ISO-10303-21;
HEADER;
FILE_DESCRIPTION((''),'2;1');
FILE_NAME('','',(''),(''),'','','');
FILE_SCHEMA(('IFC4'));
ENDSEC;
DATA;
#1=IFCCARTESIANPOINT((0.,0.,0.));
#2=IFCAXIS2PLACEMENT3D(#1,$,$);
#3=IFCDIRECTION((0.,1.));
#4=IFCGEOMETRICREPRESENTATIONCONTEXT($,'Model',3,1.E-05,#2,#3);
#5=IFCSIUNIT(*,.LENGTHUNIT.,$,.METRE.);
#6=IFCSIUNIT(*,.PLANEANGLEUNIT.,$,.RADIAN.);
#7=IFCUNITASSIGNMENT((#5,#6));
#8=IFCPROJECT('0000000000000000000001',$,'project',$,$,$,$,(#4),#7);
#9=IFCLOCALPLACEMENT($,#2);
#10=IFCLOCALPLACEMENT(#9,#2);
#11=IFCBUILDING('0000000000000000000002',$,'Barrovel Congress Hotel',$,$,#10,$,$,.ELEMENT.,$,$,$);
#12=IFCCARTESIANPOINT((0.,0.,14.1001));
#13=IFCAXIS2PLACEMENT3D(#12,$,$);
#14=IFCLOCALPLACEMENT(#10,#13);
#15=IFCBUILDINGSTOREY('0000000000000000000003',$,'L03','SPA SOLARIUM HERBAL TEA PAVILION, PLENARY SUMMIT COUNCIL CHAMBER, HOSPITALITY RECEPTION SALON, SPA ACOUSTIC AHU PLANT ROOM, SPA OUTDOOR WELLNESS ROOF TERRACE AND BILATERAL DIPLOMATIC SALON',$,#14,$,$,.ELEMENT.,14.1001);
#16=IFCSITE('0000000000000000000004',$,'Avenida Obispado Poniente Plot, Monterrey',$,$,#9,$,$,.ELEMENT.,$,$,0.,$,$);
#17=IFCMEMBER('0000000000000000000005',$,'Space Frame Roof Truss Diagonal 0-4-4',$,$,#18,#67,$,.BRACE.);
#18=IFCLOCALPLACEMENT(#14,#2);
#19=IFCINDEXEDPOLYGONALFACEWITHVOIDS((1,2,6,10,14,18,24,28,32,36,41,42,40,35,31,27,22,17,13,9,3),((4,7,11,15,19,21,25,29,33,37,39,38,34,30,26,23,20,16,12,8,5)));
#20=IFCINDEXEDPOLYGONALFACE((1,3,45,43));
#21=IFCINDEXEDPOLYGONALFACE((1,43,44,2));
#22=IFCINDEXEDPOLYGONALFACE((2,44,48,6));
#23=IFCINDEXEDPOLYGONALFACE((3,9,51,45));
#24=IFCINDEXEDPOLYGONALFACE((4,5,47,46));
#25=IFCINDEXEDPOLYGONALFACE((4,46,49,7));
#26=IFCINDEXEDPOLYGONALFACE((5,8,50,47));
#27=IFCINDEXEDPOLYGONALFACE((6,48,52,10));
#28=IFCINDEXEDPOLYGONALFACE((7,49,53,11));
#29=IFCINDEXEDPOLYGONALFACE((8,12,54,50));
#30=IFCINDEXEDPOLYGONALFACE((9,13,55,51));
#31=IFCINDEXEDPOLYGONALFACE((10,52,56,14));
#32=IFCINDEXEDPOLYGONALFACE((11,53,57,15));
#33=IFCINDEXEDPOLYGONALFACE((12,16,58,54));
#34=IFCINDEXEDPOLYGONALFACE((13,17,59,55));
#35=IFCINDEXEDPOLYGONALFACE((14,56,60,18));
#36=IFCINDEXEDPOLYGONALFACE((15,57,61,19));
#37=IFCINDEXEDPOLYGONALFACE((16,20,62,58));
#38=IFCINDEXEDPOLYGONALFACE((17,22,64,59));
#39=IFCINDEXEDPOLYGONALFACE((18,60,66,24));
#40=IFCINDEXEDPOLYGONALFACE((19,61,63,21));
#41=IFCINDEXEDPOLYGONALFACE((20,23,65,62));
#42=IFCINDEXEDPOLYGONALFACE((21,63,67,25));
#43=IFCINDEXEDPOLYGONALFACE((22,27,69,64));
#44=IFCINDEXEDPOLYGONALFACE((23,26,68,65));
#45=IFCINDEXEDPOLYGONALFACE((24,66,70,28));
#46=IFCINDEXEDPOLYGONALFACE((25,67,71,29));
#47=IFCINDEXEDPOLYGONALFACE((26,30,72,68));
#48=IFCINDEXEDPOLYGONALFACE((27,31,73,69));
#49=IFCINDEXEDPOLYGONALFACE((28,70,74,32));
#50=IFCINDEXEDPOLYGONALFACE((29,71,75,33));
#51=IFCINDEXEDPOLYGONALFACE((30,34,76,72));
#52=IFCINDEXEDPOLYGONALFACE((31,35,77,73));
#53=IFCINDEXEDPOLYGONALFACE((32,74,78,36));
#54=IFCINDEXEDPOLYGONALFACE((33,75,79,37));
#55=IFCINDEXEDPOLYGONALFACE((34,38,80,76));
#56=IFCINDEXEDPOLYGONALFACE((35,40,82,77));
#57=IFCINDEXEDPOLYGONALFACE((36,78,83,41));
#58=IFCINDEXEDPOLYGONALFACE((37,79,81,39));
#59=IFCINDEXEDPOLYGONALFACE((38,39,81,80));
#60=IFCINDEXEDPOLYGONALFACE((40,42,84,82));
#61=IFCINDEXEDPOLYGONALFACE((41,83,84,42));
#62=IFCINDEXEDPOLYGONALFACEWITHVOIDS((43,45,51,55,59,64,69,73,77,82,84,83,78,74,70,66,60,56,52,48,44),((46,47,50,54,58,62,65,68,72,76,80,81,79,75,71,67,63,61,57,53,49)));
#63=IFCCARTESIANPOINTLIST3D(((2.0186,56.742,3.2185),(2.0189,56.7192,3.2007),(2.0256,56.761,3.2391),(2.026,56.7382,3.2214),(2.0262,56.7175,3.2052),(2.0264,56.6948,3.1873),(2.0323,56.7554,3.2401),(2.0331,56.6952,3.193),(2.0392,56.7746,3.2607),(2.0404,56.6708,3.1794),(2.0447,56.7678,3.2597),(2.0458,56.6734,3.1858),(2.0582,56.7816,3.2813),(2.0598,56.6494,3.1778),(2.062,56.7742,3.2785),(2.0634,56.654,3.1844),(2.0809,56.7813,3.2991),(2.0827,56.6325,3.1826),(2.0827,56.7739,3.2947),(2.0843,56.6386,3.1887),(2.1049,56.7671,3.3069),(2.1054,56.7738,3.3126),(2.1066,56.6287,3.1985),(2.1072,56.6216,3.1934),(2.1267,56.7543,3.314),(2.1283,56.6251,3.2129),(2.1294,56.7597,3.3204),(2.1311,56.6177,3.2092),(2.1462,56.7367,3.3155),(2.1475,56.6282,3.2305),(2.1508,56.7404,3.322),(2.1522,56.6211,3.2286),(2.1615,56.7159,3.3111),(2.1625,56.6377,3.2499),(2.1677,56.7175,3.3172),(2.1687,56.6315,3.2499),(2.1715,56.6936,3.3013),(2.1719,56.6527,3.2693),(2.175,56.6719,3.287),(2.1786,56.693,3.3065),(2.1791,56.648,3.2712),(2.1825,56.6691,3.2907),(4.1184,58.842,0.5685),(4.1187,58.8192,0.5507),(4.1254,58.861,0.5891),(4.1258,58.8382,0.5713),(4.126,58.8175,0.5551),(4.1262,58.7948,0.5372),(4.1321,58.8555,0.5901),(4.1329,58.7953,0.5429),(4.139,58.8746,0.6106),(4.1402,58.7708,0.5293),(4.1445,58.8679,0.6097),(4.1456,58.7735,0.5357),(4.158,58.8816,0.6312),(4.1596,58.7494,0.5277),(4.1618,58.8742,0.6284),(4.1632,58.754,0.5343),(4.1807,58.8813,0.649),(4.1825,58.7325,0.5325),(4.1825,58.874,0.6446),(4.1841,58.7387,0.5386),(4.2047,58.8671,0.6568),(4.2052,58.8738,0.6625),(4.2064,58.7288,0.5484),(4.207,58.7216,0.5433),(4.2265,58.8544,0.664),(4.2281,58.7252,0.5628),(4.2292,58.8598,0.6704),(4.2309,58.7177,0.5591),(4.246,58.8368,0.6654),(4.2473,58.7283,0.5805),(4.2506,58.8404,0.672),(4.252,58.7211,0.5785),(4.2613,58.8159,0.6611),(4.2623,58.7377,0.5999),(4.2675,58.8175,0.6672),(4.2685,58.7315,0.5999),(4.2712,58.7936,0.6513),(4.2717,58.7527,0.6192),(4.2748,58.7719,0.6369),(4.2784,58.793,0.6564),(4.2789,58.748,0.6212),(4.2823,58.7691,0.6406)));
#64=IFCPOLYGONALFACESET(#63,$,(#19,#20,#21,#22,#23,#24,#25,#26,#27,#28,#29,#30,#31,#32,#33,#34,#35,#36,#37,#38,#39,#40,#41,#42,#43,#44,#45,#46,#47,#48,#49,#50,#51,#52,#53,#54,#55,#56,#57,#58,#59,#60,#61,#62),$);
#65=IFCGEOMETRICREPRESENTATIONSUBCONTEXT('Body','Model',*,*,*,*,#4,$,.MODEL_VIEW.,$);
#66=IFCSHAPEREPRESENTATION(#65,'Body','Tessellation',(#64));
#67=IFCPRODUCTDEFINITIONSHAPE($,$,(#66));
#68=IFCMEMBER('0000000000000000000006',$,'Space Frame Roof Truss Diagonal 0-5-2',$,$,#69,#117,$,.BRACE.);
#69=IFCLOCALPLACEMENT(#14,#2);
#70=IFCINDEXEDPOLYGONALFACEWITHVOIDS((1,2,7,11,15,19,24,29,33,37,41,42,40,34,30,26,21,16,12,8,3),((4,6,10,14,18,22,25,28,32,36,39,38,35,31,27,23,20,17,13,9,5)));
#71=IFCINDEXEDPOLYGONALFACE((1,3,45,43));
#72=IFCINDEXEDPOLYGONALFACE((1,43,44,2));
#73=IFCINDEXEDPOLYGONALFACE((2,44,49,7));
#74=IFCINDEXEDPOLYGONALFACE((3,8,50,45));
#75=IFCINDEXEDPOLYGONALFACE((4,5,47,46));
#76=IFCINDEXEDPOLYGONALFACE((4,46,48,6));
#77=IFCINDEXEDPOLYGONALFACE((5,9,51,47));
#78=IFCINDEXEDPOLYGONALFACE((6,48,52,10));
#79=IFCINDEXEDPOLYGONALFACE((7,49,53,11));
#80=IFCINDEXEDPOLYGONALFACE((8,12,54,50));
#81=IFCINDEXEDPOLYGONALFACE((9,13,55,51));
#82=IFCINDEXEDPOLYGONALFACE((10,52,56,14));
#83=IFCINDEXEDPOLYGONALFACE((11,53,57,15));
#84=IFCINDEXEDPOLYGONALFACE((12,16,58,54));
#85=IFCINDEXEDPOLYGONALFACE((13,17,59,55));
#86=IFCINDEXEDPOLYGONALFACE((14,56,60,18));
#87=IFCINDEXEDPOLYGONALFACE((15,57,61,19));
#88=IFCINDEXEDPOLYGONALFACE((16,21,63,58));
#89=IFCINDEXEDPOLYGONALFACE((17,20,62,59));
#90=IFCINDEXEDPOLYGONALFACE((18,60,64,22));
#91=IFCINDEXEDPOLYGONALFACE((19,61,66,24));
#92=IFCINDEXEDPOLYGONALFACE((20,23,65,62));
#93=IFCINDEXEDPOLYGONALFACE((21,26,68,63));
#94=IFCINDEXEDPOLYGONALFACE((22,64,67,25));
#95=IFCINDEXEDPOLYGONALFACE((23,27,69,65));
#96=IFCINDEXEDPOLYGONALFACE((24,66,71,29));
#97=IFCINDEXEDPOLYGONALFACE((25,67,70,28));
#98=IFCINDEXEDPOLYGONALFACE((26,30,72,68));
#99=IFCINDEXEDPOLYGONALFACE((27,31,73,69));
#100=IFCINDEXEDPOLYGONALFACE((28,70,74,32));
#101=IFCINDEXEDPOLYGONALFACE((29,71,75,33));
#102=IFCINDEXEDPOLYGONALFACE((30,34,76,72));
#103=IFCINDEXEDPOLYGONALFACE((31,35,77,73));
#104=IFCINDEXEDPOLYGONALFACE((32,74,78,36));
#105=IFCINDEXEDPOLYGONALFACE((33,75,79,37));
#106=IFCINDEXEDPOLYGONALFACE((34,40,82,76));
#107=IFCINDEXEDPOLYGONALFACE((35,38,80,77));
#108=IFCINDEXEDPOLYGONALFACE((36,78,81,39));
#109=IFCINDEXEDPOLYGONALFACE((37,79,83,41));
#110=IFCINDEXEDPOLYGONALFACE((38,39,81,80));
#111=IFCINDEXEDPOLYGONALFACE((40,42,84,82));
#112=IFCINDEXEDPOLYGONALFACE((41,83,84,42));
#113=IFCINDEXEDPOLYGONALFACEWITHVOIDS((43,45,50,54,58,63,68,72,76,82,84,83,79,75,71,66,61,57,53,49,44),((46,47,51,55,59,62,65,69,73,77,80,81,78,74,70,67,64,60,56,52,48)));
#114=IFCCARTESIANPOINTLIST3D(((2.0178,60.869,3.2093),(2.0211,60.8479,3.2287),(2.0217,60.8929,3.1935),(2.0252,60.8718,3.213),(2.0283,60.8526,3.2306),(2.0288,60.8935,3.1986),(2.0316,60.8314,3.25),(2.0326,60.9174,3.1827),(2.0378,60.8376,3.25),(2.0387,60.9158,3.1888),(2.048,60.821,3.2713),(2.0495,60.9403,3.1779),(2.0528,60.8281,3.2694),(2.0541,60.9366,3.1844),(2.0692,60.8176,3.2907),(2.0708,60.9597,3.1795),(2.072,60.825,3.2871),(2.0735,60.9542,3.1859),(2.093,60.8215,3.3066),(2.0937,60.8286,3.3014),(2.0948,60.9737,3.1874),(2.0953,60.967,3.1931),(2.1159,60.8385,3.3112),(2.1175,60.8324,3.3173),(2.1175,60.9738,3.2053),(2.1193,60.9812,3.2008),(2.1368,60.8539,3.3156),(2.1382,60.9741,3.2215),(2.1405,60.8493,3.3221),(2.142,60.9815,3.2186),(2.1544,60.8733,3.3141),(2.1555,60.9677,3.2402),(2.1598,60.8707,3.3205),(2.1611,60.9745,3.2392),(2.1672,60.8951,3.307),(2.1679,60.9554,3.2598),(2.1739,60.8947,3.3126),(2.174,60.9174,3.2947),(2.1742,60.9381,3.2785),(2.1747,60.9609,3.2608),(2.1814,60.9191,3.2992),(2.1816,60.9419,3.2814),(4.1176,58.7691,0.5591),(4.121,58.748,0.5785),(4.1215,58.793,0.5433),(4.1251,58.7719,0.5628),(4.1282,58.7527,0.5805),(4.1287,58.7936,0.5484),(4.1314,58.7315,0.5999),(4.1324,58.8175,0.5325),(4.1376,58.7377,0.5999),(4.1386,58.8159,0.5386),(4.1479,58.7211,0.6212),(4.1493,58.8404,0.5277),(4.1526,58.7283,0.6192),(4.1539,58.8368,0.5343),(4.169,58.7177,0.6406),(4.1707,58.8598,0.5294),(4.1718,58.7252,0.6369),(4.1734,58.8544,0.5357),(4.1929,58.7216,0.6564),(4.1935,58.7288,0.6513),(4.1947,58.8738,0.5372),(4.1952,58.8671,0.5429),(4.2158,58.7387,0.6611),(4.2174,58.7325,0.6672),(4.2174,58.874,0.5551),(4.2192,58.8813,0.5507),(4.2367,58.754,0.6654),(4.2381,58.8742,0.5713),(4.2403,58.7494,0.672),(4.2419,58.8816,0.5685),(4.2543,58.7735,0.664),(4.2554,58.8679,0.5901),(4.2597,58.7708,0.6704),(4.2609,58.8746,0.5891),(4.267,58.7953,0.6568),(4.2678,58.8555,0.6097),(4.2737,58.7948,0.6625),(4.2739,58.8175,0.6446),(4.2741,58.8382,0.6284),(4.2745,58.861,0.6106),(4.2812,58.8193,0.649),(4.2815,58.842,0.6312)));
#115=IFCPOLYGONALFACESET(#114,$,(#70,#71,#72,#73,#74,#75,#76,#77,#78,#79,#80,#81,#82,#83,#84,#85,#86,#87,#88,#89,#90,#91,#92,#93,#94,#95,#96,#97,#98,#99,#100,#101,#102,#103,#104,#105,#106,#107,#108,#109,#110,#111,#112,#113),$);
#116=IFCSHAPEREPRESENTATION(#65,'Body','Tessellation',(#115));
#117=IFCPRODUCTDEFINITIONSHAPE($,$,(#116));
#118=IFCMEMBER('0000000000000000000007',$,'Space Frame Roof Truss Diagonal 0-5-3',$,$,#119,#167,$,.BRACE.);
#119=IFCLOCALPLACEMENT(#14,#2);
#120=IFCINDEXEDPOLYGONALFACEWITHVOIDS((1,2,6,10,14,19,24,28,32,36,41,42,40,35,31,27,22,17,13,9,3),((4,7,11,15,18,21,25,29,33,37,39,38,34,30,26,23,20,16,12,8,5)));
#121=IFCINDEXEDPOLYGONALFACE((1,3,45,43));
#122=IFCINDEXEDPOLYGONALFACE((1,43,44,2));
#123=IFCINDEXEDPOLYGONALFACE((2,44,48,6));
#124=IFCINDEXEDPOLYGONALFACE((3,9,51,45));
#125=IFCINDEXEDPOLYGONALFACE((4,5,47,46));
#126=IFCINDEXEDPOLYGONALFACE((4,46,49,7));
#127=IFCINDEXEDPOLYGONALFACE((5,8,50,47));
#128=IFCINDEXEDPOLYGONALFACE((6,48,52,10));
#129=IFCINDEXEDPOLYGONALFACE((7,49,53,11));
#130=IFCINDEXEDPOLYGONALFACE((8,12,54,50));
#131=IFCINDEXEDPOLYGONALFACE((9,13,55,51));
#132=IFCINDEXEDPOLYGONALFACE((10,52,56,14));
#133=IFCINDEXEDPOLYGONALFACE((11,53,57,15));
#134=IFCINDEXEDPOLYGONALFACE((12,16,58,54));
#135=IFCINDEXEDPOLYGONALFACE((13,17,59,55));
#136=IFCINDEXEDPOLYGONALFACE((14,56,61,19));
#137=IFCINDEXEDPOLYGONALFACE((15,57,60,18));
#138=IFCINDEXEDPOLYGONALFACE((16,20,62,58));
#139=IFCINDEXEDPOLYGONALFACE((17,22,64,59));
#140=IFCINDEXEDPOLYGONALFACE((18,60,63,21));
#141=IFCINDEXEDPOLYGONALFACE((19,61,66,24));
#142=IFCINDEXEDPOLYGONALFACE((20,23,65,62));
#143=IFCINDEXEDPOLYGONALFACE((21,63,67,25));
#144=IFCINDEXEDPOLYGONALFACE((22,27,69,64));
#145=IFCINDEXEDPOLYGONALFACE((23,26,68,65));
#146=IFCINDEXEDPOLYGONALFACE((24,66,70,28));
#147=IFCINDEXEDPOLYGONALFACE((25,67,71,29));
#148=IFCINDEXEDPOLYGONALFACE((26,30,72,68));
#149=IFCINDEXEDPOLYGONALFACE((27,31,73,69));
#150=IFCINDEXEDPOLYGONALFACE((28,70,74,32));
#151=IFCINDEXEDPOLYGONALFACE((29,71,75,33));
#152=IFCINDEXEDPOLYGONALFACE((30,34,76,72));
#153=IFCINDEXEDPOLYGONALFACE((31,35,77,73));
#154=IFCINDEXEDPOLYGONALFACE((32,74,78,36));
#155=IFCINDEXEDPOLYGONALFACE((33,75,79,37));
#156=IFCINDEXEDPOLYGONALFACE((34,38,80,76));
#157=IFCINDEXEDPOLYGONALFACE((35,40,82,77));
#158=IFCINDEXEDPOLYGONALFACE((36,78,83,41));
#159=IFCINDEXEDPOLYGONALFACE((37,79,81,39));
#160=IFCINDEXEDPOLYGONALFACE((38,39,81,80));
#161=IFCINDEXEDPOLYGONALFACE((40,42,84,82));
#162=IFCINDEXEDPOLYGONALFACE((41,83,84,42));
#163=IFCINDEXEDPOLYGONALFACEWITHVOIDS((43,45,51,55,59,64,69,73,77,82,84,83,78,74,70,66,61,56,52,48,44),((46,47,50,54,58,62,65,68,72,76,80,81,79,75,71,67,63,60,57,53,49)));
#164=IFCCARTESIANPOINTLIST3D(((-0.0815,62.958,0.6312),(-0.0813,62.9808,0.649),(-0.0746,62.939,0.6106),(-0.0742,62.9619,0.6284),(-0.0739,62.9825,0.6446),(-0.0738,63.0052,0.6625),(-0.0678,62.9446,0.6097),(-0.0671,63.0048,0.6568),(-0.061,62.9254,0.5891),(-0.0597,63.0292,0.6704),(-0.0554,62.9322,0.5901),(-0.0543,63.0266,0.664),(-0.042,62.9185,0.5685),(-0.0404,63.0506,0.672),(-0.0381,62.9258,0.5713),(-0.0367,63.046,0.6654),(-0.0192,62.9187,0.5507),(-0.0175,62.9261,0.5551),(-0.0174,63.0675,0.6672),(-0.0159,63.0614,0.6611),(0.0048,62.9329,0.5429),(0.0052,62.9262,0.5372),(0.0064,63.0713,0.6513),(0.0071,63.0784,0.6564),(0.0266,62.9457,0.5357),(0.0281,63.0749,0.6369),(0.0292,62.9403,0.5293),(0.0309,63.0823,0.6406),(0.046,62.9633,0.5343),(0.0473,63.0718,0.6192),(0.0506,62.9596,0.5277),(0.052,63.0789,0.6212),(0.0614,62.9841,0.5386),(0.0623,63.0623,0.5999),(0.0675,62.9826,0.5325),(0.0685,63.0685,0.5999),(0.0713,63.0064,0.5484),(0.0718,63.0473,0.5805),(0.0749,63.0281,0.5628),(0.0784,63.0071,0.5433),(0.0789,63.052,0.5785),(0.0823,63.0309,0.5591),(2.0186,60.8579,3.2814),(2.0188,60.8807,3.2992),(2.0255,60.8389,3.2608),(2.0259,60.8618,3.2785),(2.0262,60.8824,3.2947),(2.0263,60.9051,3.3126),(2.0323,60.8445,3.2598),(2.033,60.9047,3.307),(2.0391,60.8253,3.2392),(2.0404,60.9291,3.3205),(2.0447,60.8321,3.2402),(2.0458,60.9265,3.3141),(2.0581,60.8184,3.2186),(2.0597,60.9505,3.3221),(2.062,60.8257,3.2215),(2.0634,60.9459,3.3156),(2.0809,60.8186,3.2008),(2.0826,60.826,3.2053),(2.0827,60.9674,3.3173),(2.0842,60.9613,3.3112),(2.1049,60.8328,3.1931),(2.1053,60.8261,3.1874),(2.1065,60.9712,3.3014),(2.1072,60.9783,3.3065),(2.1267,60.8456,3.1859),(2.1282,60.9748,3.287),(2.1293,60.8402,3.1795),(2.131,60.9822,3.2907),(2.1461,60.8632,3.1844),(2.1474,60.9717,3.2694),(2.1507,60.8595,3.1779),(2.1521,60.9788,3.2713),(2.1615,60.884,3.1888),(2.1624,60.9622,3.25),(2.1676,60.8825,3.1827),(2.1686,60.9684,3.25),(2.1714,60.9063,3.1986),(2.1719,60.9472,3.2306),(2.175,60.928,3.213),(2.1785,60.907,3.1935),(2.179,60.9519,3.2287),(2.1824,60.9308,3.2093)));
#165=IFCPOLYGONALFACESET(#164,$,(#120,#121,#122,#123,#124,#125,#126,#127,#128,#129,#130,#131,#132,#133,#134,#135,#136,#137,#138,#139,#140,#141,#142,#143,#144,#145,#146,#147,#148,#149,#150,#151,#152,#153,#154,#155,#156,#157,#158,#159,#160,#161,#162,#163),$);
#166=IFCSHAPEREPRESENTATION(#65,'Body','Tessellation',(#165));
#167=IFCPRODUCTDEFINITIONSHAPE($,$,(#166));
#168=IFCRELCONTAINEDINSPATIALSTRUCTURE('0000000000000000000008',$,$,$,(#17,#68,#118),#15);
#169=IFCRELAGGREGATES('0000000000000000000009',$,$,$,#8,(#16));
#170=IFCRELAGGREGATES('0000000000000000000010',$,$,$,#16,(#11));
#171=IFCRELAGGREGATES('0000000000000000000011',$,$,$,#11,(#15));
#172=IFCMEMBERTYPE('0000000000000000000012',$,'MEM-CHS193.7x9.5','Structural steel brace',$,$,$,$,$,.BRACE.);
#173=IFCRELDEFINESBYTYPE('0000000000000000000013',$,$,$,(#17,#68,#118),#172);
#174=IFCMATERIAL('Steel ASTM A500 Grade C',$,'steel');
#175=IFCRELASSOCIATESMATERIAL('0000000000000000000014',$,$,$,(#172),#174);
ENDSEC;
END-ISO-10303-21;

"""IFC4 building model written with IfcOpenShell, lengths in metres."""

from ifc_helpers import new_model, si_unit, direction, frame, origin, origin_2d, place, context, subcontext, project, spatial, hollow_circle, extrude, material, material_profile, profile_set, type_object, element, save


model = new_model("IFC4")

# Units and contexts
model_context = context("Model", 3, precision=1e-05, world=origin(), true_north=direction((0.0, 1.0)))
body_context = subcontext(model_context, "Body", "Model", "MODEL_VIEW")
ifc_project = project(units=[si_unit("LENGTHUNIT", "METRE"), si_unit("PLANEANGLEUNIT", "RADIAN")], contexts=[model_context])

# Site, building, storey
site_placement = place(None, origin())
site = spatial("IfcSite", under=ifc_project, at=site_placement, Name="Avenida Obispado Poniente Plot, Monterrey", CompositionType="ELEMENT", RefElevation=0.0)
building_placement = place(site_placement, origin())
building = spatial("IfcBuilding", under=site, at=building_placement, Name="Barrovel Congress Hotel", CompositionType="ELEMENT")
storey_placement = place(building_placement, frame((0.0, 0.0, 14.1001)))
storey = spatial("IfcBuildingStorey", under=building, at=storey_placement, Name="L03", Description="SPA SOLARIUM HERBAL TEA PAVILION, PLENARY SUMMIT COUNCIL CHAMBER, HOSPITALITY RECEPTION SALON, SPA ACOUSTIC AHU PLANT ROOM, SPA OUTDOOR WELLNESS ROOF TERRACE AND BILATERAL DIPLOMATIC SALON", CompositionType="ELEMENT", Elevation=14.1001)

# Members
ifc_material_1 = material(Name="Steel ASTM A500 Grade C", Category="steel")
ifc_material_profile_1 = material_profile(ifc_material_1, hollow_circle(Radius=0.0969, WallThickness=0.0088, at=origin_2d()), Name="CHS193.7x9.5")
ifc_profile_set_1 = profile_set([ifc_material_profile_1], Name="Steel ASTM A500 Grade C")
member_type_1 = type_object("IfcMemberType", Name="MEM-CHS193.7x9.5", Description="Structural steel brace", PredefinedType="BRACE", material=ifc_profile_set_1)
for number, where, z_axis, x_axis, name in (
    (1, (4.2, 58.8, 0.5999), (-0.527557, -0.527618, 0.66581), (0.707148, -0.707066, 0.0), "Space Frame Roof Truss Diagonal 0-4-4"),
    (2, (4.2, 58.8, 0.5999), (-0.527574, 0.527574, 0.665831), (-0.707107, -0.707107, 0.0), "Space Frame Roof Truss Diagonal 0-5-2"),
):
    element("IfcMember", number, at=place(storey_placement, frame(where, z_axis=z_axis, x_axis=x_axis)), inside=storey, type_object=member_type_1, Name=name, PredefinedType="BRACE", context=body_context, shape_type="SweptSolid", body=[
        extrude(hollow_circle(Radius=0.0969, WallThickness=0.0088, at=origin_2d()), origin(), (0.0, 0.0, 1.0), 3.9802),
    ])
member_1_placement = place(storey_placement, frame((0.0, 63.0, 0.5999), z_axis=(0.527601, -0.527601, 0.665788), x_axis=(0.707107, 0.707107, 0.0)))
element("IfcMember", 3, at=member_1_placement, inside=storey, type_object=member_type_1, Name="Space Frame Roof Truss Diagonal 0-5-3", PredefinedType="BRACE", context=body_context, shape_type="SweptSolid", body=[
    extrude(hollow_circle(Radius=0.0969, WallThickness=0.0088, at=origin_2d()), origin(), (0.0, 0.0, 1.0), 3.9805),
])

save(model, "model.ifc")
